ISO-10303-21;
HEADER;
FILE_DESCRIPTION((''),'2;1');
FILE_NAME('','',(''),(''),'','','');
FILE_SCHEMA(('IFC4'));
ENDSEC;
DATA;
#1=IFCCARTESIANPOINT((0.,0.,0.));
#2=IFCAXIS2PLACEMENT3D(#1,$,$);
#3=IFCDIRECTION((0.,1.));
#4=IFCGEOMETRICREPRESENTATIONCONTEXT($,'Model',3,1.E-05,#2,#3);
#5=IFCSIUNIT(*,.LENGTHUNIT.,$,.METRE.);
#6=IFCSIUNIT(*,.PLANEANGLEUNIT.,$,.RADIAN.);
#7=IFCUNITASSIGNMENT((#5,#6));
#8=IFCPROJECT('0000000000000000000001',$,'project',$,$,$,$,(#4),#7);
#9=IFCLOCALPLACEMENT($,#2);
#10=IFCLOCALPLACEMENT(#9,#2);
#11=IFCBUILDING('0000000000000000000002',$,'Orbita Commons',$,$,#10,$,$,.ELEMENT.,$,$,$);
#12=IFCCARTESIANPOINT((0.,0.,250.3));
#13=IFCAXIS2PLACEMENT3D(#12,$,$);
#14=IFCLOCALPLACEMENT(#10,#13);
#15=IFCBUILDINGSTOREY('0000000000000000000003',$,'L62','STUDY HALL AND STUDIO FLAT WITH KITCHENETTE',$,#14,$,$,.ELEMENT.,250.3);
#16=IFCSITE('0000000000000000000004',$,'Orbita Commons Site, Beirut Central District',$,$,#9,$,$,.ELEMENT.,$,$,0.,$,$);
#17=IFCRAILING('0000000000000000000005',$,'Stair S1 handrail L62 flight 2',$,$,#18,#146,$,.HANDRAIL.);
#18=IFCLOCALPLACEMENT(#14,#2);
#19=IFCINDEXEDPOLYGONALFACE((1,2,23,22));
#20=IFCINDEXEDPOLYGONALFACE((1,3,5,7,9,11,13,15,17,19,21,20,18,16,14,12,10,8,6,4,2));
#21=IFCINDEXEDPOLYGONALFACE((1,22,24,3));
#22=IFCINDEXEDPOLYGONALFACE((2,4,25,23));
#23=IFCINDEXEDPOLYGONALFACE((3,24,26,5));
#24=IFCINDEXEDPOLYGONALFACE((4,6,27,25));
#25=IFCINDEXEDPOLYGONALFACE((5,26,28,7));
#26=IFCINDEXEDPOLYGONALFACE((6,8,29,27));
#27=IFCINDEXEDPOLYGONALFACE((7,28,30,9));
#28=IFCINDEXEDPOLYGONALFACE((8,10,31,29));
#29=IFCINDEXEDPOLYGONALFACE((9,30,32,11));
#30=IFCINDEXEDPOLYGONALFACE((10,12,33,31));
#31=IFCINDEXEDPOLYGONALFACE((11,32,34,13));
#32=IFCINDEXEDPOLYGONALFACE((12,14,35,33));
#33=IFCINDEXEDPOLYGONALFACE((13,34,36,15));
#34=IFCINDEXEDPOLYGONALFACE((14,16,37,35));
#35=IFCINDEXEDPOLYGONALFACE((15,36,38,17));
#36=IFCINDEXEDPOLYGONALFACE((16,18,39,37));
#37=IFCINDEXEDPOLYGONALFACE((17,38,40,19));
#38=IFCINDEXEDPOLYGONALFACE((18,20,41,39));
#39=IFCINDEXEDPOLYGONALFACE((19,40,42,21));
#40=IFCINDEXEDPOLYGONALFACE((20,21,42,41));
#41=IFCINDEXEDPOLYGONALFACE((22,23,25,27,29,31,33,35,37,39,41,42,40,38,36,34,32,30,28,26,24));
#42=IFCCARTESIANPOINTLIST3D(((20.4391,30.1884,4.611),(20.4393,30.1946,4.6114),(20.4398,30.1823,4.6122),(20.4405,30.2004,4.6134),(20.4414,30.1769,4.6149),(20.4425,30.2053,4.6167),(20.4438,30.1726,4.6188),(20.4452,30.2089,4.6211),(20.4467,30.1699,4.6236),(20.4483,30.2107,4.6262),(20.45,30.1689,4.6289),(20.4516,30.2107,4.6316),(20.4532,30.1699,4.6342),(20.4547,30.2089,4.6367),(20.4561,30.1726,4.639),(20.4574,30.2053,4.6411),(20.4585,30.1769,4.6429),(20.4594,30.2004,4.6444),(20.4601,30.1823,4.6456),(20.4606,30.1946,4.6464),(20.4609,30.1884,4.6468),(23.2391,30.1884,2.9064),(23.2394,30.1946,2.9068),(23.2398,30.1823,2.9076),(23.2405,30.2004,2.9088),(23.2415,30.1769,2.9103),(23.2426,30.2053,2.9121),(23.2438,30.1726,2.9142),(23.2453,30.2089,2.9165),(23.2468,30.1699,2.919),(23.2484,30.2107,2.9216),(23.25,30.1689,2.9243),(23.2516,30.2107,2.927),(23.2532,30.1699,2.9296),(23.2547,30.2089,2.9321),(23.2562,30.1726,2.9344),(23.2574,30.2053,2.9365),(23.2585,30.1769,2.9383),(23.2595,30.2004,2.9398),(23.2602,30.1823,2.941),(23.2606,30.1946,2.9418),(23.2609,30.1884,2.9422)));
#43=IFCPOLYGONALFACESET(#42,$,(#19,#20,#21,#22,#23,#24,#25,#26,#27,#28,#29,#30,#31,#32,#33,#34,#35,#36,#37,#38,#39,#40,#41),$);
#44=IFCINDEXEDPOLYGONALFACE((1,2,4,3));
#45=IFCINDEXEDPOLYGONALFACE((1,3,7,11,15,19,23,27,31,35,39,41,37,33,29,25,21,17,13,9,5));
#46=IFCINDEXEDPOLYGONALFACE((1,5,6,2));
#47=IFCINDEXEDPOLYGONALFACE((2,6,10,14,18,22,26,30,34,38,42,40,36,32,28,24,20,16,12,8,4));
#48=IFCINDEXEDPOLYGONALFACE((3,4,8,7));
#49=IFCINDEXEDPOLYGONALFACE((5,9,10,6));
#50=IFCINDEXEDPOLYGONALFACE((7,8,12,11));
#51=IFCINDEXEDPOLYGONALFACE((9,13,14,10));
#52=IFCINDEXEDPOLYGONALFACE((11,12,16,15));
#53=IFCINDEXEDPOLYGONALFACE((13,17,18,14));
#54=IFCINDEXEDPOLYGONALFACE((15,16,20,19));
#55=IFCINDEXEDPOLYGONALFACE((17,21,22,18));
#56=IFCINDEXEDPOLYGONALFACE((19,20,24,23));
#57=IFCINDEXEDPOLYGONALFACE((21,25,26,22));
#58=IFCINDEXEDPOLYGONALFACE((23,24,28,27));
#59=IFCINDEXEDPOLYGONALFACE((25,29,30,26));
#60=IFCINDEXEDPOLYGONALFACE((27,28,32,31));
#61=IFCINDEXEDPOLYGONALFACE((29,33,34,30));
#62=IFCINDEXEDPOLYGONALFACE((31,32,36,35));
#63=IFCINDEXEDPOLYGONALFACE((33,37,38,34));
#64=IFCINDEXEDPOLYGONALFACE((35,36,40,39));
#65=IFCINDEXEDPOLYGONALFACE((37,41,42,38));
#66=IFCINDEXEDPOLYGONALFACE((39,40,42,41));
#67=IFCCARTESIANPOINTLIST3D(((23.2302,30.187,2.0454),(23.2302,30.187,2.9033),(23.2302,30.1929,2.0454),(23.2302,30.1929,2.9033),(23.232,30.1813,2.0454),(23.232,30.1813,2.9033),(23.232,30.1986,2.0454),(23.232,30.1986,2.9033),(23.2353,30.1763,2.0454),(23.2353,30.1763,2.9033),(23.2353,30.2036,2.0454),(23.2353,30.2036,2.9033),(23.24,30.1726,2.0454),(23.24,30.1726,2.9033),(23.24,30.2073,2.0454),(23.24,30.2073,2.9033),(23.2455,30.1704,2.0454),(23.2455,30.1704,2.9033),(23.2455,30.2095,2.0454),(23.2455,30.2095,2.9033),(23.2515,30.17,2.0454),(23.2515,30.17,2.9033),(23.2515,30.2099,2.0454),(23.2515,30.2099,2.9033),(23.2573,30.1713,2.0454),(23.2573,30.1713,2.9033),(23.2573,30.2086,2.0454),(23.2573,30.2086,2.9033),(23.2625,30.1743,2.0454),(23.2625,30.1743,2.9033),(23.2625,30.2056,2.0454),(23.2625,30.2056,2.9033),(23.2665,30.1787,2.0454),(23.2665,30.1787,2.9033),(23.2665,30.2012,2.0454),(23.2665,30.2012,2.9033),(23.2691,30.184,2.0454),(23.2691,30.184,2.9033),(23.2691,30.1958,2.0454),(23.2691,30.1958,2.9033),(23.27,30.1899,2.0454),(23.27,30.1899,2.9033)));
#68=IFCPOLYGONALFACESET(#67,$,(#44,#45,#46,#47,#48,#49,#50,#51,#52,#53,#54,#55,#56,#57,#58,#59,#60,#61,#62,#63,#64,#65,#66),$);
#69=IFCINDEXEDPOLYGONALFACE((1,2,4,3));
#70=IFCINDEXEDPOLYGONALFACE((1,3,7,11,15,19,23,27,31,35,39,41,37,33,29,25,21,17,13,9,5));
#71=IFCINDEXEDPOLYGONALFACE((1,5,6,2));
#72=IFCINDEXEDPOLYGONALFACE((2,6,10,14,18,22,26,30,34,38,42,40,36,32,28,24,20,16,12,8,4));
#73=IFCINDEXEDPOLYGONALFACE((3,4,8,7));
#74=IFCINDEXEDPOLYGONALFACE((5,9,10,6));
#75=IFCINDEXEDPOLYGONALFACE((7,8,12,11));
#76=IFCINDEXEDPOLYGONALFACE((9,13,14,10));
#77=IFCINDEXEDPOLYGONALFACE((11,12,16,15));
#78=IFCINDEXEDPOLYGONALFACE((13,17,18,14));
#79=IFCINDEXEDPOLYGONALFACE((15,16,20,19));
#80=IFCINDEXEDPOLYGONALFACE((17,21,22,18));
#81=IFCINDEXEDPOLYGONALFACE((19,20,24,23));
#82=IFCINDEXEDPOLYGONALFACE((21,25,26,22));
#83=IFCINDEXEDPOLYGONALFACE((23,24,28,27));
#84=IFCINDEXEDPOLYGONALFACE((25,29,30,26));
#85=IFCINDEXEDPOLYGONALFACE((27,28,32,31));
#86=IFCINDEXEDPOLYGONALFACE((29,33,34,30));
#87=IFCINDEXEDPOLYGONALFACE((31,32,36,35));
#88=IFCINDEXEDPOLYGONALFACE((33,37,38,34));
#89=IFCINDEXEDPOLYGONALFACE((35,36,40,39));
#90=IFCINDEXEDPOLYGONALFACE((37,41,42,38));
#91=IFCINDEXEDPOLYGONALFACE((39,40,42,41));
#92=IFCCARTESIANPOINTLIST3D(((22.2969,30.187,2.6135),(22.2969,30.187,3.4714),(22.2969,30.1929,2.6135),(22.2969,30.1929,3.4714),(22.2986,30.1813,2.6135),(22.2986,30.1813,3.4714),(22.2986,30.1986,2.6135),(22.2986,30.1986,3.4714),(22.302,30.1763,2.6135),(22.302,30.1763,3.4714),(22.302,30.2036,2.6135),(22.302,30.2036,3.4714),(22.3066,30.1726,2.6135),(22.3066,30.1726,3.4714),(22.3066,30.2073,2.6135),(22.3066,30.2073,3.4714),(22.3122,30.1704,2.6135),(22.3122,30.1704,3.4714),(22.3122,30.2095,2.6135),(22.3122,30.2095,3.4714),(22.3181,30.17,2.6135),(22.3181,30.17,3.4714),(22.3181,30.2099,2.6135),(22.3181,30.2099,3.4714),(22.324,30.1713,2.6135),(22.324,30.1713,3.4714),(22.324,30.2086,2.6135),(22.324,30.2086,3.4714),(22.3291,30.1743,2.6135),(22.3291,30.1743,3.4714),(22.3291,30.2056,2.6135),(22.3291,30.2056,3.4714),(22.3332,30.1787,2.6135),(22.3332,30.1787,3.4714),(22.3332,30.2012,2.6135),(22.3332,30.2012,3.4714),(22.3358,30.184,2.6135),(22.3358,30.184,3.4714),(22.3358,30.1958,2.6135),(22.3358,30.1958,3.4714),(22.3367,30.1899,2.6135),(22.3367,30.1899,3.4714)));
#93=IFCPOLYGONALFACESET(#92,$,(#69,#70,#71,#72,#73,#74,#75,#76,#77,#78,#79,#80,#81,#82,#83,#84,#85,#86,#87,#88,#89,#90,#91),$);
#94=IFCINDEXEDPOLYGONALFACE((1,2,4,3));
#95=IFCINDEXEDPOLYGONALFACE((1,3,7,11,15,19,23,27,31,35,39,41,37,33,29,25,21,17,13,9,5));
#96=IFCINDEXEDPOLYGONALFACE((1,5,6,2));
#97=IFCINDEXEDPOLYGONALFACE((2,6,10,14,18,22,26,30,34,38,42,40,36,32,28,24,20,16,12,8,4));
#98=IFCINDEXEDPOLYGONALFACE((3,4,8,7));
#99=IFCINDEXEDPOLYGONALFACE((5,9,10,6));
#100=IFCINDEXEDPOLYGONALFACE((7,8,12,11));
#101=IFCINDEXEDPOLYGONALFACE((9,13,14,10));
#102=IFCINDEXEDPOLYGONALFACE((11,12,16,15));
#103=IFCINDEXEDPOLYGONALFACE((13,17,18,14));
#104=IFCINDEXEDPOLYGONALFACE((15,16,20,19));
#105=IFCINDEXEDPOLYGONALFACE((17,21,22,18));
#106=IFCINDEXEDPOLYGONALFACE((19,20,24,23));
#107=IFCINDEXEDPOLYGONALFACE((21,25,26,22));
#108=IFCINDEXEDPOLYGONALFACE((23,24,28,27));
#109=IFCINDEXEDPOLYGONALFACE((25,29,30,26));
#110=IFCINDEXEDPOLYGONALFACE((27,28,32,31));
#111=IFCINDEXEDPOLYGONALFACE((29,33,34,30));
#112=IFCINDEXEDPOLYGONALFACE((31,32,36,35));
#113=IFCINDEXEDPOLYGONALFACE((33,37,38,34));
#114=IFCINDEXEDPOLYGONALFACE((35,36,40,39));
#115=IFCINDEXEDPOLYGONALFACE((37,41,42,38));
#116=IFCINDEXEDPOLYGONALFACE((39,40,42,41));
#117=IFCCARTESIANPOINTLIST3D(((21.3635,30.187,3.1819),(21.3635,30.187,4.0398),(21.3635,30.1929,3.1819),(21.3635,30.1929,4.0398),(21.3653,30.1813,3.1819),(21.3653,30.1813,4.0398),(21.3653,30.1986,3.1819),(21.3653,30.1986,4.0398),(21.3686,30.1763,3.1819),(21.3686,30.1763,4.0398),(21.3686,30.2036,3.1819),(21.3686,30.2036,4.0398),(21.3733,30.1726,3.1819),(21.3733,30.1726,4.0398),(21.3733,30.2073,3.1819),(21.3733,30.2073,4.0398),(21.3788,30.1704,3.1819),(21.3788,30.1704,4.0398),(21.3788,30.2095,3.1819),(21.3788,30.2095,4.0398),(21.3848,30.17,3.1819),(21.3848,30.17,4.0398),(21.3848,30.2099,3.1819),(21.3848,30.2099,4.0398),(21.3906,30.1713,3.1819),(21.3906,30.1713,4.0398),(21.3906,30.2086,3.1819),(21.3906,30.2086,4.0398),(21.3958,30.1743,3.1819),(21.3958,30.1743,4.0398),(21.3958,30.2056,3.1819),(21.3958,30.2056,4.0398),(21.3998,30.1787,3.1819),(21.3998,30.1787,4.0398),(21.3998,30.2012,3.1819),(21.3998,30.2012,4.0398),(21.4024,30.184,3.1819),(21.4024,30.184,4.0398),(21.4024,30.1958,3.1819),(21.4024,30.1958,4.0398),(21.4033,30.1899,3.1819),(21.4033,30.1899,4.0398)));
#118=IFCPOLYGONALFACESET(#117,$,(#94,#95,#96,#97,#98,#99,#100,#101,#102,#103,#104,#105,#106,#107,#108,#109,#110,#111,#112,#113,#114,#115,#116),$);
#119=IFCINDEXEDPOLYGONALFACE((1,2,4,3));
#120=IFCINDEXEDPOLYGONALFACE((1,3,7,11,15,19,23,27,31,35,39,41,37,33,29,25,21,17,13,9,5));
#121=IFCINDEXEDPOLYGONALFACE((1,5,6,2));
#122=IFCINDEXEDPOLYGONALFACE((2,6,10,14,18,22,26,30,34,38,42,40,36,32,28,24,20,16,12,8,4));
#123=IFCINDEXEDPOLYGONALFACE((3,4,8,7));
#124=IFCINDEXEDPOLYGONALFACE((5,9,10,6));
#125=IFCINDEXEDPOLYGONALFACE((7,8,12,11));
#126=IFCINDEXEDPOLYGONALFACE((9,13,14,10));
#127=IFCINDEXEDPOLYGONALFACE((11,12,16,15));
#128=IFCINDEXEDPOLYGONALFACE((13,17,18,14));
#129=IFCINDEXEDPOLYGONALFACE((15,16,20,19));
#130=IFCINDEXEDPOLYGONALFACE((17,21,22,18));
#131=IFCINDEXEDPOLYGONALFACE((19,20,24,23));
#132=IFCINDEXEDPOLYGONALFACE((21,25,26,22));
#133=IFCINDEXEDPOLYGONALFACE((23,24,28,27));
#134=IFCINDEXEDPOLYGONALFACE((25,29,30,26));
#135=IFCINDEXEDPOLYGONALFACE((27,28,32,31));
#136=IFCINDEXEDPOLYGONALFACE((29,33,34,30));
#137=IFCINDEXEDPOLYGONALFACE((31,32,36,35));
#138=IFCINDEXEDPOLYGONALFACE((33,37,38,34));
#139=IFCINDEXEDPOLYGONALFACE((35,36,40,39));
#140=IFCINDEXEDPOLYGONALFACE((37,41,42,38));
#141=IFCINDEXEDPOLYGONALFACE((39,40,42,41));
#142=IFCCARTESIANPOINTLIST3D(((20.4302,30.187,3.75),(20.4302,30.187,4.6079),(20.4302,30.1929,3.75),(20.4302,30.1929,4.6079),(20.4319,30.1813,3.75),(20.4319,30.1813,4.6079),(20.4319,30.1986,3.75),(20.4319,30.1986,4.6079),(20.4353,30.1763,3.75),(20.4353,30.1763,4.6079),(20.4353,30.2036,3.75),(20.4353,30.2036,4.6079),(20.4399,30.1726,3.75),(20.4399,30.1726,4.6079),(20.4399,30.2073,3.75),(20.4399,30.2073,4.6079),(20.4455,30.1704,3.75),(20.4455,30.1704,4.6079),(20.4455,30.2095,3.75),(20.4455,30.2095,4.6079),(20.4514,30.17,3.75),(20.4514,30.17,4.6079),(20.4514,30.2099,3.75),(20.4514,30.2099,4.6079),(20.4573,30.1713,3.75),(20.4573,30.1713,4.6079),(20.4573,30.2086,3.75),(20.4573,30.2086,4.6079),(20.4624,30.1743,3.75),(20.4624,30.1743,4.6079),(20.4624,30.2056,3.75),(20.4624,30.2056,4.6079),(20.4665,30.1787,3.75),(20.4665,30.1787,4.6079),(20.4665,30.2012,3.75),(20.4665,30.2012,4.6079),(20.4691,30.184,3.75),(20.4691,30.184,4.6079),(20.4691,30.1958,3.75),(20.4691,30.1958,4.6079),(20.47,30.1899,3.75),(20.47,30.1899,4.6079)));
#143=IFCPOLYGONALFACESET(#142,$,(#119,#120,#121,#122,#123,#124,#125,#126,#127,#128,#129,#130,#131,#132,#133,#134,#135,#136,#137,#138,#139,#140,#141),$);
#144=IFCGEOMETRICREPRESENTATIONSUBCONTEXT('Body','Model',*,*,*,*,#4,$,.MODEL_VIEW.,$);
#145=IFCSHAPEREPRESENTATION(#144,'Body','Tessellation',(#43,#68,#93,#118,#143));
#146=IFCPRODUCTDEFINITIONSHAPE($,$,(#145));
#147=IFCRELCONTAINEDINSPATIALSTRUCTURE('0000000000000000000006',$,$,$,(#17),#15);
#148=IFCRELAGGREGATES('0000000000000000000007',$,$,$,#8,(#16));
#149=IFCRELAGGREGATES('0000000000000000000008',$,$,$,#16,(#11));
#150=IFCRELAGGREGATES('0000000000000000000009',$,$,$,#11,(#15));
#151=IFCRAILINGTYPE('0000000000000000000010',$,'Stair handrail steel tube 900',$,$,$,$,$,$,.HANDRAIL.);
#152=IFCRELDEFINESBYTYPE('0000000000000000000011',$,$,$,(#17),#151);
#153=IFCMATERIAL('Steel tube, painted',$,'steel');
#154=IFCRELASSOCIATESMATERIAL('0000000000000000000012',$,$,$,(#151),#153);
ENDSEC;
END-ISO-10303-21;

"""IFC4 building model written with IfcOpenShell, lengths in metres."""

from ifc_helpers import new_model, si_unit, direction, frame, origin, origin_2d, place, context, subcontext, project, spatial, circle, extrude, material, type_object, element, save


model = new_model("IFC4")

# Units and contexts
model_context = context("Model", 3, precision=1e-05, world=origin(), true_north=direction((0.0, 1.0)))
body_context = subcontext(model_context, "Body", "Model", "MODEL_VIEW")
ifc_project = project(units=[si_unit("LENGTHUNIT", "METRE"), si_unit("PLANEANGLEUNIT", "RADIAN")], contexts=[model_context])

# Site, building, storey
site_placement = place(None, origin())
site = spatial("IfcSite", under=ifc_project, at=site_placement, Name="Orbita Commons Site, Beirut Central District", CompositionType="ELEMENT", RefElevation=0.0)
building_placement = place(site_placement, origin())
building = spatial("IfcBuilding", under=site, at=building_placement, Name="Orbita Commons", CompositionType="ELEMENT")
storey_placement = place(building_placement, frame((0.0, 0.0, 250.3)))
storey = spatial("IfcBuildingStorey", under=building, at=storey_placement, Name="L62", Description="STUDY HALL AND STUDIO FLAT WITH KITCHENETTE", CompositionType="ELEMENT", Elevation=250.3)

# Railing
ifc_material_1 = material(Name="Steel tube, painted", Category="steel")
railing_type = type_object("IfcRailingType", Name="Stair handrail steel tube 900", PredefinedType="HANDRAIL", material=ifc_material_1)
for number, where, name in (
    (1, (23.25, 30.1899, 2.0454), "Stair S1 handrail L62 flight 2"),
):
    element("IfcRailing", number, at=place(storey_placement, frame(where)), inside=storey, type_object=railing_type, Name=name, PredefinedType="HANDRAIL", context=body_context, shape_type="SweptSolid", body=[
        extrude(circle(Radius=0.021, at=origin_2d()), frame((0.0, 0.0, 0.8789), z_axis=(-0.85417, 0.0, 0.519994), x_axis=(0.0, -1.0, 0.0)), (0.0, 0.0, 1.0), 3.2781),
        extrude(circle(Radius=0.02, at=origin_2d()), origin(), (0.0, 0.0, 1.0), 0.8579),
        extrude(circle(Radius=0.02, at=origin_2d()), frame((-0.9333, 0.0, 0.5681)), (0.0, 0.0, 1.0), 0.8579),
        extrude(circle(Radius=0.02, at=origin_2d()), frame((-1.8667, 0.0, 1.1365)), (0.0, 0.0, 1.0), 0.8579),
        extrude(circle(Radius=0.02, at=origin_2d()), frame((-2.8, 0.0, 1.7046)), (0.0, 0.0, 1.0), 0.8579),
    ])

save(model, "model.ifc")
